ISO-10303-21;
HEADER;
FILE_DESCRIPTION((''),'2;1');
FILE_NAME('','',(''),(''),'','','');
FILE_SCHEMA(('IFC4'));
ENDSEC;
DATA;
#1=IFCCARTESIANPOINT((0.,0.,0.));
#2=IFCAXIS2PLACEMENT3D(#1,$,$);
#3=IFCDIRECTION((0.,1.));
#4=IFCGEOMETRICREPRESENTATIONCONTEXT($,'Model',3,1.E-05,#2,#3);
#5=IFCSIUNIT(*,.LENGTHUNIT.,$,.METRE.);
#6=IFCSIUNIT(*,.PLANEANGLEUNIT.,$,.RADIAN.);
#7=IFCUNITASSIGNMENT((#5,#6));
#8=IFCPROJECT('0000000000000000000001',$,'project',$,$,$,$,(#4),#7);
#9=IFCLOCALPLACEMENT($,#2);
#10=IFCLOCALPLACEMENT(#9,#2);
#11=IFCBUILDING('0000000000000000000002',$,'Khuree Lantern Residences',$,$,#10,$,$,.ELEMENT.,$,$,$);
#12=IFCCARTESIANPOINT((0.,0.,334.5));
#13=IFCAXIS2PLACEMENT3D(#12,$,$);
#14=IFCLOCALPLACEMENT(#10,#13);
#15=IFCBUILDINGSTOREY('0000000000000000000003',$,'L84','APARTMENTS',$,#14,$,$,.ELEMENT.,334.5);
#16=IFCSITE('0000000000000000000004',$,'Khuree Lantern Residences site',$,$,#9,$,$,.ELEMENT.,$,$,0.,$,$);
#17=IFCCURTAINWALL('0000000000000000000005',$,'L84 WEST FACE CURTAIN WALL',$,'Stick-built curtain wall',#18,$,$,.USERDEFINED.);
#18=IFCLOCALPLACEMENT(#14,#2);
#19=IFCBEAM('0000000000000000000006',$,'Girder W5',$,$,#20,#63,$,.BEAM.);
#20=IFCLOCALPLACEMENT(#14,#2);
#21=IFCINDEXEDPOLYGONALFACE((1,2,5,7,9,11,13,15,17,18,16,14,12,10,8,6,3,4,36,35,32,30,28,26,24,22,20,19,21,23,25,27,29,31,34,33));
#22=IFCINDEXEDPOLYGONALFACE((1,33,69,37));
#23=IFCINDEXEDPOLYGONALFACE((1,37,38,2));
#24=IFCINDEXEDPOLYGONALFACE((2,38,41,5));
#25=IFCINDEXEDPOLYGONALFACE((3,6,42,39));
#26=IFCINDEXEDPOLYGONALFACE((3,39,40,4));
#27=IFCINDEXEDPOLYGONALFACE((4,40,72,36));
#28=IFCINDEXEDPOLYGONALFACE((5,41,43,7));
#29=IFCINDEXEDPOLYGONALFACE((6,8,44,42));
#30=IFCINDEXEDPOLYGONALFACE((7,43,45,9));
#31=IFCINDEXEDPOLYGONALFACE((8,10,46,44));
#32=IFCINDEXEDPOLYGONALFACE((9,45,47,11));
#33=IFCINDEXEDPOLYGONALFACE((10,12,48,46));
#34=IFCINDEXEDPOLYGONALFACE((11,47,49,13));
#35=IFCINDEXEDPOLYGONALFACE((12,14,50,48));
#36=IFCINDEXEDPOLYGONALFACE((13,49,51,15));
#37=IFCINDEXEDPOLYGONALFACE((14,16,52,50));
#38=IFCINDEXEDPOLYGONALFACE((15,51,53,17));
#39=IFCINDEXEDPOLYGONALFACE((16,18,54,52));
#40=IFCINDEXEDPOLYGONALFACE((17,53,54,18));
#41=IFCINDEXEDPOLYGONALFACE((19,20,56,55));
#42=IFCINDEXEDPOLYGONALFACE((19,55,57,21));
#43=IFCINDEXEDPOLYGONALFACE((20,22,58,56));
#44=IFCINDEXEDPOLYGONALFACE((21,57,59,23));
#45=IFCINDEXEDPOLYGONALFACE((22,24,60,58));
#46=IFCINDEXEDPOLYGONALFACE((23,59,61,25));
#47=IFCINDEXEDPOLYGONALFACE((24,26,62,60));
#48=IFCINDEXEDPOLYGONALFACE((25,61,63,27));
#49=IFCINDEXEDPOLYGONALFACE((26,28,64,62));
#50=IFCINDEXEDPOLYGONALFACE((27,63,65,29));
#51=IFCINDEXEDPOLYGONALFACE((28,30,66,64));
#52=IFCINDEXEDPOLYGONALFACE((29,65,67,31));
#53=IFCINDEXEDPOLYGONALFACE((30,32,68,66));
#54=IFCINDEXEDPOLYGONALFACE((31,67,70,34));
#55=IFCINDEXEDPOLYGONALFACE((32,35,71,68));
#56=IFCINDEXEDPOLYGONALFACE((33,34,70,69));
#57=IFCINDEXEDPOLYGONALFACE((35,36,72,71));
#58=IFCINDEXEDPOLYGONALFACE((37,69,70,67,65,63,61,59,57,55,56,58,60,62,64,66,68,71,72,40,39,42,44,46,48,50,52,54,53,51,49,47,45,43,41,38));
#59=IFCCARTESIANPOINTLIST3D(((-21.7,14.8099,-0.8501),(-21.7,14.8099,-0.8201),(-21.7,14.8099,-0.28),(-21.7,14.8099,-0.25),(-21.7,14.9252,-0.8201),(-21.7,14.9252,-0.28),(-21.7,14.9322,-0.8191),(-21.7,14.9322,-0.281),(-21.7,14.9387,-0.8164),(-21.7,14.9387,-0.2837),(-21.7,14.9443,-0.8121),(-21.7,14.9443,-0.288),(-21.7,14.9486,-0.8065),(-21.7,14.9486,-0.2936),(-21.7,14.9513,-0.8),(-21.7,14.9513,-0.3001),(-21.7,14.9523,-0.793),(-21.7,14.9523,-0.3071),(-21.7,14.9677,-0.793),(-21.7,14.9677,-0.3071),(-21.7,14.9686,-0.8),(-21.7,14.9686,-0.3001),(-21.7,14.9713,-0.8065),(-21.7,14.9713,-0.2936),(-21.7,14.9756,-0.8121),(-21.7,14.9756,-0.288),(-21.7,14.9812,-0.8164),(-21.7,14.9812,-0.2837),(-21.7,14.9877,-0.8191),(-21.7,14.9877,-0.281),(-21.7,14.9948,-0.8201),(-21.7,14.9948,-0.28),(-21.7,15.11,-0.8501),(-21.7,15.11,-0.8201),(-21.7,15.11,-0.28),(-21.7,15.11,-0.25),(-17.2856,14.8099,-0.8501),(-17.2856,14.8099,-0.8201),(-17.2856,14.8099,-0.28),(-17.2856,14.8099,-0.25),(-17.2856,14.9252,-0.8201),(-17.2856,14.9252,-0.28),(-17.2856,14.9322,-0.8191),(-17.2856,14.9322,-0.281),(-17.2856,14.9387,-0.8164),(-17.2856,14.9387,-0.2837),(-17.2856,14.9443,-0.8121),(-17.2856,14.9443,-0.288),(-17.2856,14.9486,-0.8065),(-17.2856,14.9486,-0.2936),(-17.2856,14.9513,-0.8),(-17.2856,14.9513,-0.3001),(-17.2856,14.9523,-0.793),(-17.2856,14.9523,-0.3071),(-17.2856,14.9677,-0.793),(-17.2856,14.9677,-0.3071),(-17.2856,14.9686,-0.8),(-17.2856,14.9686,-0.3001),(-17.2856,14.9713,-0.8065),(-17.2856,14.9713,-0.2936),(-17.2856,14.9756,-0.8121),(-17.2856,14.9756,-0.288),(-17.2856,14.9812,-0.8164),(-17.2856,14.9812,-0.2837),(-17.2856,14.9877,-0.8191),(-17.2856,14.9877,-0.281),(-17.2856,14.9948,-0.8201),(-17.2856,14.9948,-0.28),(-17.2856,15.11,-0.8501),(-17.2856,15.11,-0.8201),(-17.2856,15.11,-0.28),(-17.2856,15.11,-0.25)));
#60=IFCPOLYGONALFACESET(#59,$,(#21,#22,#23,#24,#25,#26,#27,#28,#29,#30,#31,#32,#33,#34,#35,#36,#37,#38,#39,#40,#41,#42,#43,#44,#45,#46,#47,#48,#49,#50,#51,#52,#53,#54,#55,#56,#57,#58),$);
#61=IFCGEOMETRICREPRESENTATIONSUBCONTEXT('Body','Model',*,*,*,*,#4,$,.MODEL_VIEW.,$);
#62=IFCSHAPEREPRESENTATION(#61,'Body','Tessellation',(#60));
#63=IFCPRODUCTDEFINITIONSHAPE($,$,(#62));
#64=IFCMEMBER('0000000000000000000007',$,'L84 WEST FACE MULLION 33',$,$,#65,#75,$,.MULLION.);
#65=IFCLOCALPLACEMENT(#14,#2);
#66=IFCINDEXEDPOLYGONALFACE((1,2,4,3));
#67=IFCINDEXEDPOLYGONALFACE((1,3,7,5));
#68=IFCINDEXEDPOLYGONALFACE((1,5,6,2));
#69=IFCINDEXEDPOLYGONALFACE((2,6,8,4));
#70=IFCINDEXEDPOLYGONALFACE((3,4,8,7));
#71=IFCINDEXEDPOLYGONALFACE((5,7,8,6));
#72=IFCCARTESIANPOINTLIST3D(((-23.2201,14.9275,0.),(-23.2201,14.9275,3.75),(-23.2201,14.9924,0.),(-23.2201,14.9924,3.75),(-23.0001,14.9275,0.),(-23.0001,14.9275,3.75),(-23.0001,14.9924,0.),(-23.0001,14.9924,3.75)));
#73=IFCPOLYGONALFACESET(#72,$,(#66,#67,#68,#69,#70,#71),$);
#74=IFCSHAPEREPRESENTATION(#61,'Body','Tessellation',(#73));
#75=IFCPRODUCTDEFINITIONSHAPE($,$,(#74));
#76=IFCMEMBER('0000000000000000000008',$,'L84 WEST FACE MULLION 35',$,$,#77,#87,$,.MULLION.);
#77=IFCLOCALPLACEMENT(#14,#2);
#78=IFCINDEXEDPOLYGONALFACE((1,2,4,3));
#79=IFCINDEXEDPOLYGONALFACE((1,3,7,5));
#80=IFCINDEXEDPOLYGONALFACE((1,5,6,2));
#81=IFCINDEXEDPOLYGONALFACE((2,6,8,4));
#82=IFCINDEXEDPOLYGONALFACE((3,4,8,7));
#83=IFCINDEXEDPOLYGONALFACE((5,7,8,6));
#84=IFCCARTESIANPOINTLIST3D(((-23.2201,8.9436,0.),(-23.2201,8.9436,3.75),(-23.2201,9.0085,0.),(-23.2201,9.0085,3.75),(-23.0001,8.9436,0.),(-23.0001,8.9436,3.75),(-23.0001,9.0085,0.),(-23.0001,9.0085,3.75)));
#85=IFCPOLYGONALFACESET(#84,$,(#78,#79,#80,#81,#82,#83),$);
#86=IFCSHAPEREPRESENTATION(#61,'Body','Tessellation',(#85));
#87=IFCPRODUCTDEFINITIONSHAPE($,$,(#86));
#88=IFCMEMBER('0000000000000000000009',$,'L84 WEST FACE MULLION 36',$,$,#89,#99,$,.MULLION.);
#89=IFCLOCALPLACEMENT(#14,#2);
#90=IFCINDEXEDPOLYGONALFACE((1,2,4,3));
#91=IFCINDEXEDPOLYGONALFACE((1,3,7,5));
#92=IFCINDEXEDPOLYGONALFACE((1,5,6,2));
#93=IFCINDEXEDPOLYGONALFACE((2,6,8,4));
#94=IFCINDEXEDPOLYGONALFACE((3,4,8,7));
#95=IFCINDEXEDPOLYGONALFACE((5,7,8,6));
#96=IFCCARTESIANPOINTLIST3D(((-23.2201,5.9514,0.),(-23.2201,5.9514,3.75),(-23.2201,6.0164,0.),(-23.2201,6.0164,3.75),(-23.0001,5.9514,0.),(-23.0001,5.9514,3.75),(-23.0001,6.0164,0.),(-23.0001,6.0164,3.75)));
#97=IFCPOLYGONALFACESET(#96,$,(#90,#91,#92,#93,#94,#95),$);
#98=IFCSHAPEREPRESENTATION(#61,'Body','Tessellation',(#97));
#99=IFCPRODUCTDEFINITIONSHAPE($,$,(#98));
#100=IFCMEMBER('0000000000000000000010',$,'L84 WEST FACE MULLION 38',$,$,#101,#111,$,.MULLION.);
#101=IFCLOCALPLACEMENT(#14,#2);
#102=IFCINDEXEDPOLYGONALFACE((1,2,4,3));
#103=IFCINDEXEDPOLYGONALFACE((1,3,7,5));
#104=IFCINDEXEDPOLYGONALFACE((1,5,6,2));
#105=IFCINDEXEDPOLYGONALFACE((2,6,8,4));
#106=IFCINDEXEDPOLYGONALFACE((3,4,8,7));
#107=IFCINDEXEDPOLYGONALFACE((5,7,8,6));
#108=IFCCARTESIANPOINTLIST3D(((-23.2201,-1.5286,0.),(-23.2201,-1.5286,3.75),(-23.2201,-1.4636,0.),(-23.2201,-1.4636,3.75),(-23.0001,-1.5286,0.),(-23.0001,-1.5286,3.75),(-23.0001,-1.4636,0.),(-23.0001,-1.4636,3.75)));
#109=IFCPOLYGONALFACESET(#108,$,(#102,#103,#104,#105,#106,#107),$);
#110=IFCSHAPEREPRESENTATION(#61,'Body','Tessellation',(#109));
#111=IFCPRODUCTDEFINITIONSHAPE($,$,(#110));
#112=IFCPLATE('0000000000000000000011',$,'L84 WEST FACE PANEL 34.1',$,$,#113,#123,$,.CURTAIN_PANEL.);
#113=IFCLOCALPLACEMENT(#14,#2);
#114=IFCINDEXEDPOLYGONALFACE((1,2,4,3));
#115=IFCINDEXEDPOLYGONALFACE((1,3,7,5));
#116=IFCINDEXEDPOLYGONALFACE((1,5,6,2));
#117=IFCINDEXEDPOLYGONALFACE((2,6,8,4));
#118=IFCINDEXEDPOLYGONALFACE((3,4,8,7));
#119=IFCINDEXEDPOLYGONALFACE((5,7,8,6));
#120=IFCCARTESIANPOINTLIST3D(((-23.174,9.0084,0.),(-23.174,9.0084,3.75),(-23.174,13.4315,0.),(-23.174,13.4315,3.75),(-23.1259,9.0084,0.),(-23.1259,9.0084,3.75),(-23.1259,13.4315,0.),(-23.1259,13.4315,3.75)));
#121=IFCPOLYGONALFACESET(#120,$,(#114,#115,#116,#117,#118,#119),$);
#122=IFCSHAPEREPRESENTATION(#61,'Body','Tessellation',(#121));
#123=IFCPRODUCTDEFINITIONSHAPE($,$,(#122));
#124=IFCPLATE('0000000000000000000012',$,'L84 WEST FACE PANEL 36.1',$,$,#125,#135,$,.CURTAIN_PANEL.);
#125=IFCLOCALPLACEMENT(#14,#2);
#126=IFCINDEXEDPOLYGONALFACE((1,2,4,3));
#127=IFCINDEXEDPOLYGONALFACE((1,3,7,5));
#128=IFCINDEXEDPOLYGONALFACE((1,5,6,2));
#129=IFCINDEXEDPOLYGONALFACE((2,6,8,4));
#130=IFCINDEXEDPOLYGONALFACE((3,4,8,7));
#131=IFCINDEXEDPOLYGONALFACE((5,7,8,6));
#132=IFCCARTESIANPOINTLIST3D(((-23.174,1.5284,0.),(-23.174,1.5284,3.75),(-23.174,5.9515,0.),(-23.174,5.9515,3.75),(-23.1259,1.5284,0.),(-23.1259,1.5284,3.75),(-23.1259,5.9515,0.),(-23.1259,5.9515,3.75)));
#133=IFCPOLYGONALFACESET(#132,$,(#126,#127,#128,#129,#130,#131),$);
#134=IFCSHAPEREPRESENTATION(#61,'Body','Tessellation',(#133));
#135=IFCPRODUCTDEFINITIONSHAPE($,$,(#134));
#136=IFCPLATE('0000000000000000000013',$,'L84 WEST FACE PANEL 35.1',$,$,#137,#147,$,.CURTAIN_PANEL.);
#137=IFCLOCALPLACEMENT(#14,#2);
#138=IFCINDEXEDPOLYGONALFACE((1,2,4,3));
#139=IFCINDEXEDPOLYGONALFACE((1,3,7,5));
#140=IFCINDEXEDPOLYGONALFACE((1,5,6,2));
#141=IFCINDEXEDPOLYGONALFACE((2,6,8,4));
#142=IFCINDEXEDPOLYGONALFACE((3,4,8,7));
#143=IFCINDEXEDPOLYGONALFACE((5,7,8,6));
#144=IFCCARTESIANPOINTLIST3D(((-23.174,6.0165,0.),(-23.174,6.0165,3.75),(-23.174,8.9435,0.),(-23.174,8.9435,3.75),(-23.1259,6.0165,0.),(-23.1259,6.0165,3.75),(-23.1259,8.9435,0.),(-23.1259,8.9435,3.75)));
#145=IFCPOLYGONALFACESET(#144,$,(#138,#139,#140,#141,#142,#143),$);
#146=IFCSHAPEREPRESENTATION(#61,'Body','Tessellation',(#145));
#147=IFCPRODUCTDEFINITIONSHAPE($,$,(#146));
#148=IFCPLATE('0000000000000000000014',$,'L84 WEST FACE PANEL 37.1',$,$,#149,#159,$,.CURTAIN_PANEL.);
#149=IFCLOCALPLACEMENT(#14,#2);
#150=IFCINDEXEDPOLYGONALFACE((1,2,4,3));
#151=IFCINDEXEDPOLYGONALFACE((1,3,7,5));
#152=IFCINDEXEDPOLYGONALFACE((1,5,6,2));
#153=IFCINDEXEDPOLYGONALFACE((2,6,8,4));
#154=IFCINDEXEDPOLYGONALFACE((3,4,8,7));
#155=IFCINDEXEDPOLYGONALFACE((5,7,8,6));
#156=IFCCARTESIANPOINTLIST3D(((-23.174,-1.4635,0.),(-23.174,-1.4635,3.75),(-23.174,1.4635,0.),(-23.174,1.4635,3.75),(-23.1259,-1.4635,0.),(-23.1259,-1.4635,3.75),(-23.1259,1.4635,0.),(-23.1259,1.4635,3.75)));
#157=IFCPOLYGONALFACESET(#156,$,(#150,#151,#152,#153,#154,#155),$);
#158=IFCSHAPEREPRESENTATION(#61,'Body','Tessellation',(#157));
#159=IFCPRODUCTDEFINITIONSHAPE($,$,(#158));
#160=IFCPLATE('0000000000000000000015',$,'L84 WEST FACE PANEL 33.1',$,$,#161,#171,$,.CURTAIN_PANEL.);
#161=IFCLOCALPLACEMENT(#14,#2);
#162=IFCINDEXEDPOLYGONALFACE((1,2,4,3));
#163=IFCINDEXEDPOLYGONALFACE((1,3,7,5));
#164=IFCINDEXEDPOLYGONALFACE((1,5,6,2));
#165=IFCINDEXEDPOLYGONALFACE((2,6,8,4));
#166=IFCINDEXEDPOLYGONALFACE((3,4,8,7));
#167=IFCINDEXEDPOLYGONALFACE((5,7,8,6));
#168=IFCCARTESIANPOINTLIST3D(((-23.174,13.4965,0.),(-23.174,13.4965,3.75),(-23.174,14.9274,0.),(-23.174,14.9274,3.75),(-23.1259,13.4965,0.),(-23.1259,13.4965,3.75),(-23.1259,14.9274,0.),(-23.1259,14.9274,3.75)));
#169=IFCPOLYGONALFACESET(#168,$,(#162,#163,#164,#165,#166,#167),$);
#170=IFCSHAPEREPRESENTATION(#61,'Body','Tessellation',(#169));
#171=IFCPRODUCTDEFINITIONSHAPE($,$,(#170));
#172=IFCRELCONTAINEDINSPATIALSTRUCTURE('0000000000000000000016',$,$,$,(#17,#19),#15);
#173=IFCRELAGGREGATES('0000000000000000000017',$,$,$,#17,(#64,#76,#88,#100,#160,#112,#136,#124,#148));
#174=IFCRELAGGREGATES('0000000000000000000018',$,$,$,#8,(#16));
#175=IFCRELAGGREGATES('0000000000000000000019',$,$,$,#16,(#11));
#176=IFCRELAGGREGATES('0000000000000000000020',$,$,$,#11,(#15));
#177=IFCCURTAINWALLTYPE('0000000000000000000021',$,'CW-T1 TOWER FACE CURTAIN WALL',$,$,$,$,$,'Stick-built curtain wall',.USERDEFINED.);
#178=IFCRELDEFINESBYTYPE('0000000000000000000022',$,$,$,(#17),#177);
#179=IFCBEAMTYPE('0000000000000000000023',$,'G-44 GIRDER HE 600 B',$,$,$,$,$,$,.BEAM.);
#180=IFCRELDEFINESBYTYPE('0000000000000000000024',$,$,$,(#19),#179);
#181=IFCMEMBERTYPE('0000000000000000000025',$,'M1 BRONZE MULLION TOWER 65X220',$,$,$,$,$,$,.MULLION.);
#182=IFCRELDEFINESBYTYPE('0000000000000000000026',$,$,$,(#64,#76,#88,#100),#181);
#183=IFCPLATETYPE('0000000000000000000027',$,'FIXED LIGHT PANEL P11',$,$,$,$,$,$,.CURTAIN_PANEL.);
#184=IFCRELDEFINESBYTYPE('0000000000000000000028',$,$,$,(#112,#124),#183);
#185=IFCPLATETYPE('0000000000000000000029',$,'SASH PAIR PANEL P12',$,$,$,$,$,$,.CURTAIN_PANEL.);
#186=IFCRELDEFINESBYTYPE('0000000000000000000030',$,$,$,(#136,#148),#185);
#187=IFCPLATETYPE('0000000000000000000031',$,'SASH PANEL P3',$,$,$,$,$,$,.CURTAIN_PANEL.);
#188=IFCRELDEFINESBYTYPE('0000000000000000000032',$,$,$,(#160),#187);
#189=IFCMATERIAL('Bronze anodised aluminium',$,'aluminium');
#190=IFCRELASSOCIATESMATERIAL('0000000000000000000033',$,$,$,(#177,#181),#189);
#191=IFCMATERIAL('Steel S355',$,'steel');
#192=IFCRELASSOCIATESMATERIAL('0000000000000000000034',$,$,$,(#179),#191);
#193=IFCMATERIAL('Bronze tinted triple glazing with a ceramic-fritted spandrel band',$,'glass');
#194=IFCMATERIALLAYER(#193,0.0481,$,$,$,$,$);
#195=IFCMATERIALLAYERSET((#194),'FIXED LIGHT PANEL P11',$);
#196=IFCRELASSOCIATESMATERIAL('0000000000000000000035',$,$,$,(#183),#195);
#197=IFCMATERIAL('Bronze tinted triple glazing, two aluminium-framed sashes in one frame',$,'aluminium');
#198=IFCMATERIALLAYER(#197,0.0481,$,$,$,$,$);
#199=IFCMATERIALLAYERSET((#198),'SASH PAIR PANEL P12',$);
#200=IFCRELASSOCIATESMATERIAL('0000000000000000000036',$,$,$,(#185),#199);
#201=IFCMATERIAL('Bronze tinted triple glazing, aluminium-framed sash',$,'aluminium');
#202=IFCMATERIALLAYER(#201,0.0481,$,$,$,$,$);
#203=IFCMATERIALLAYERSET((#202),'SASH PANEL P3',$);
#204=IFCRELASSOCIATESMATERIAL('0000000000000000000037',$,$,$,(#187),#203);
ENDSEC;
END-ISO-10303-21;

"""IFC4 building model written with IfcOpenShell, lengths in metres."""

from ifc_helpers import new_model, si_unit, direction, frame, origin, origin_2d, place, context, subcontext, project, spatial, rectangle, i_section, extrude, material, layer, layer_set, material_profile, profile_set, type_object, element, aggregate, save


model = new_model("IFC4")

# Units and contexts
model_context = context("Model", 3, precision=1e-05, world=origin(), true_north=direction((0.0, 1.0)))
body_context = subcontext(model_context, "Body", "Model", "MODEL_VIEW")
ifc_project = project(units=[si_unit("LENGTHUNIT", "METRE"), si_unit("PLANEANGLEUNIT", "RADIAN")], contexts=[model_context])

# Site, building, storey
site_placement = place(None, origin())
site = spatial("IfcSite", under=ifc_project, at=site_placement, Name="Khuree Lantern Residences site", CompositionType="ELEMENT", RefElevation=0.0)
building_placement = place(site_placement, origin())
building = spatial("IfcBuilding", under=site, at=building_placement, Name="Khuree Lantern Residences", CompositionType="ELEMENT")
storey_placement = place(building_placement, frame((0.0, 0.0, 334.5)))
storey = spatial("IfcBuildingStorey", under=building, at=storey_placement, Name="L84", Description="APARTMENTS", CompositionType="ELEMENT", Elevation=334.5)

# Shared definitions
ifc_material_1 = material(Name="Steel S355", Category="steel")

# Curtain wall
ifc_material_2 = material(Name="Bronze anodised aluminium", Category="aluminium")
curtain_wall_type = type_object("IfcCurtainWallType", Name="CW-T1 TOWER FACE CURTAIN WALL", ElementType="Stick-built curtain wall", PredefinedType="USERDEFINED", material=ifc_material_2)
curtain_wall_placement = place(storey_placement, origin())
curtain_wall = element("IfcCurtainWall", 1, at=curtain_wall_placement, inside=storey, type_object=curtain_wall_type, Name="L84 WEST FACE CURTAIN WALL", ObjectType="Stick-built curtain wall", PredefinedType="USERDEFINED")

# Beam
ifc_material_profile_1 = material_profile(ifc_material_1, i_section(OverallWidth=0.3, OverallDepth=0.6001, WebThickness=0.0154, FlangeThickness=0.03, FilletRadius=0.0271, at=origin_2d()), Name="HE 600 B")
ifc_profile_set_1 = profile_set([ifc_material_profile_1], Name="Steel S355")
beam_type_1 = type_object("IfcBeamType", Name="G-44 GIRDER HE 600 B", PredefinedType="BEAM", material=ifc_profile_set_1)
beam_placement = place(storey_placement, frame((-21.7, 14.96, -0.55), z_axis=(1.0, 0.0, 0.0), x_axis=(0.0, 1.0, 0.0)))
element("IfcBeam", 2, at=beam_placement, inside=storey, type_object=beam_type_1, Name="Girder W5", PredefinedType="BEAM", context=body_context, shape_type="SweptSolid", body=[
    extrude(i_section(OverallWidth=0.3, OverallDepth=0.6001, WebThickness=0.0154, FlangeThickness=0.03, FilletRadius=0.0271, at=origin_2d()), origin(), (0.0, 0.0, 1.0), 4.4143),
])

# Members
ifc_material_profile_2 = material_profile(ifc_material_2, rectangle(XDim=0.0649, YDim=0.22, at=origin_2d()), Name="M1 65X220")
ifc_profile_set_2 = profile_set([ifc_material_profile_2], Name="Bronze anodised aluminium")
member_type_1 = type_object("IfcMemberType", Name="M1 BRONZE MULLION TOWER 65X220", PredefinedType="MULLION", material=ifc_profile_set_2)
member_1_placement = place(storey_placement, frame((-23.1101, 14.96, 0.0), z_axis=(0.0, 0.0, 1.0), x_axis=(0.0, -1.0, 0.0)))
member_1 = element("IfcMember", 3, at=member_1_placement, type_object=member_type_1, Name="L84 WEST FACE MULLION 33", PredefinedType="MULLION", context=body_context, shape_type="SweptSolid", body=[
    extrude(rectangle(XDim=0.0649, YDim=0.22, at=origin_2d()), origin(), (0.0, 0.0, 1.0), 3.75),
])
member_2_placement = place(storey_placement, frame((-23.1101, 8.9761, 0.0), z_axis=(0.0, 0.0, 1.0), x_axis=(0.0, -1.0, 0.0)))
member_2 = element("IfcMember", 4, at=member_2_placement, type_object=member_type_1, Name="L84 WEST FACE MULLION 35", PredefinedType="MULLION", context=body_context, shape_type="SweptSolid", body=[
    extrude(rectangle(XDim=0.0649, YDim=0.22, at=origin_2d()), origin(), (0.0, 0.0, 1.0), 3.75),
])
member_3_placement = place(storey_placement, frame((-23.1101, 5.9839, 0.0), z_axis=(0.0, 0.0, 1.0), x_axis=(0.0, -1.0, 0.0)))
member_3 = element("IfcMember", 5, at=member_3_placement, type_object=member_type_1, Name="L84 WEST FACE MULLION 36", PredefinedType="MULLION", context=body_context, shape_type="SweptSolid", body=[
    extrude(rectangle(XDim=0.0649, YDim=0.22, at=origin_2d()), origin(), (0.0, 0.0, 1.0), 3.75),
])
member_4_placement = place(storey_placement, frame((-23.1101, -1.4961, 0.0), z_axis=(0.0, 0.0, 1.0), x_axis=(0.0, -1.0, 0.0)))
member_4 = element("IfcMember", 6, at=member_4_placement, type_object=member_type_1, Name="L84 WEST FACE MULLION 38", PredefinedType="MULLION", context=body_context, shape_type="SweptSolid", body=[
    extrude(rectangle(XDim=0.0649, YDim=0.22, at=origin_2d()), origin(), (0.0, 0.0, 1.0), 3.75),
])

# Plates
ifc_material_3 = material(Name="Bronze tinted triple glazing with a ceramic-fritted spandrel band", Category="glass")
ifc_layer_1 = layer(ifc_material_3, 0.0481)
ifc_layer_set_1 = layer_set([ifc_layer_1], Name="FIXED LIGHT PANEL P11")
plate_type_1 = type_object("IfcPlateType", Name="FIXED LIGHT PANEL P11", PredefinedType="CURTAIN_PANEL", material=ifc_layer_set_1)
plate_1_placement = place(storey_placement, frame((-23.1499, 11.22, 0.0), z_axis=(0.0, 0.0, 1.0), x_axis=(0.0, -1.0, 0.0)))
plate_1 = element("IfcPlate", 7, at=plate_1_placement, type_object=plate_type_1, Name="L84 WEST FACE PANEL 34.1", PredefinedType="CURTAIN_PANEL", context=body_context, shape_type="SweptSolid", body=[
    extrude(rectangle(XDim=4.4231, YDim=0.0481, at=origin_2d()), origin(), (0.0, 0.0, 1.0), 3.75),
])
plate_2_placement = place(storey_placement, frame((-23.1499, 3.74, 0.0), z_axis=(0.0, 0.0, 1.0), x_axis=(0.0, -1.0, 0.0)))
plate_2 = element("IfcPlate", 8, at=plate_2_placement, type_object=plate_type_1, Name="L84 WEST FACE PANEL 36.1", PredefinedType="CURTAIN_PANEL", context=body_context, shape_type="SweptSolid", body=[
    extrude(rectangle(XDim=4.4231, YDim=0.0481, at=origin_2d()), origin(), (0.0, 0.0, 1.0), 3.75),
])
ifc_material_4 = material(Name="Bronze tinted triple glazing, two aluminium-framed sashes in one frame", Category="aluminium")
ifc_layer_2 = layer(ifc_material_4, 0.0481)
ifc_layer_set_2 = layer_set([ifc_layer_2], Name="SASH PAIR PANEL P12")
plate_type_2 = type_object("IfcPlateType", Name="SASH PAIR PANEL P12", PredefinedType="CURTAIN_PANEL", material=ifc_layer_set_2)
plate_3_placement = place(storey_placement, frame((-23.1499, 7.48, 0.0), z_axis=(0.0, 0.0, 1.0), x_axis=(0.0, -1.0, 0.0)))
plate_3 = element("IfcPlate", 9, at=plate_3_placement, type_object=plate_type_2, Name="L84 WEST FACE PANEL 35.1", PredefinedType="CURTAIN_PANEL", context=body_context, shape_type="SweptSolid", body=[
    extrude(rectangle(XDim=2.927, YDim=0.0481, at=origin_2d()), origin(), (0.0, 0.0, 1.0), 3.75),
])
plate_4_placement = place(storey_placement, frame((-23.1499, 0.0, 0.0), z_axis=(0.0, 0.0, 1.0), x_axis=(0.0, -1.0, 0.0)))
plate_4 = element("IfcPlate", 10, at=plate_4_placement, type_object=plate_type_2, Name="L84 WEST FACE PANEL 37.1", PredefinedType="CURTAIN_PANEL", context=body_context, shape_type="SweptSolid", body=[
    extrude(rectangle(XDim=2.927, YDim=0.0481, at=origin_2d()), origin(), (0.0, 0.0, 1.0), 3.75),
])
ifc_material_5 = material(Name="Bronze tinted triple glazing, aluminium-framed sash", Category="aluminium")
ifc_layer_3 = layer(ifc_material_5, 0.0481)
ifc_layer_set_3 = layer_set([ifc_layer_3], Name="SASH PANEL P3")
plate_type_3 = type_object("IfcPlateType", Name="SASH PANEL P3", PredefinedType="CURTAIN_PANEL", material=ifc_layer_set_3)
plate_5_placement = place(storey_placement, frame((-23.1499, 14.2119, 0.0), z_axis=(0.0, 0.0, 1.0), x_axis=(0.0, -1.0, 0.0)))
plate_5 = element("IfcPlate", 11, at=plate_5_placement, type_object=plate_type_3, Name="L84 WEST FACE PANEL 33.1", PredefinedType="CURTAIN_PANEL", context=body_context, shape_type="SweptSolid", body=[
    extrude(rectangle(XDim=1.4309, YDim=0.0481, at=origin_2d()), origin(), (0.0, 0.0, 1.0), 3.75),
])
aggregate(curtain_wall, [member_1, member_2, member_3, member_4, plate_5, plate_1, plate_3, plate_2, plate_4])

save(model, "model.ifc")
